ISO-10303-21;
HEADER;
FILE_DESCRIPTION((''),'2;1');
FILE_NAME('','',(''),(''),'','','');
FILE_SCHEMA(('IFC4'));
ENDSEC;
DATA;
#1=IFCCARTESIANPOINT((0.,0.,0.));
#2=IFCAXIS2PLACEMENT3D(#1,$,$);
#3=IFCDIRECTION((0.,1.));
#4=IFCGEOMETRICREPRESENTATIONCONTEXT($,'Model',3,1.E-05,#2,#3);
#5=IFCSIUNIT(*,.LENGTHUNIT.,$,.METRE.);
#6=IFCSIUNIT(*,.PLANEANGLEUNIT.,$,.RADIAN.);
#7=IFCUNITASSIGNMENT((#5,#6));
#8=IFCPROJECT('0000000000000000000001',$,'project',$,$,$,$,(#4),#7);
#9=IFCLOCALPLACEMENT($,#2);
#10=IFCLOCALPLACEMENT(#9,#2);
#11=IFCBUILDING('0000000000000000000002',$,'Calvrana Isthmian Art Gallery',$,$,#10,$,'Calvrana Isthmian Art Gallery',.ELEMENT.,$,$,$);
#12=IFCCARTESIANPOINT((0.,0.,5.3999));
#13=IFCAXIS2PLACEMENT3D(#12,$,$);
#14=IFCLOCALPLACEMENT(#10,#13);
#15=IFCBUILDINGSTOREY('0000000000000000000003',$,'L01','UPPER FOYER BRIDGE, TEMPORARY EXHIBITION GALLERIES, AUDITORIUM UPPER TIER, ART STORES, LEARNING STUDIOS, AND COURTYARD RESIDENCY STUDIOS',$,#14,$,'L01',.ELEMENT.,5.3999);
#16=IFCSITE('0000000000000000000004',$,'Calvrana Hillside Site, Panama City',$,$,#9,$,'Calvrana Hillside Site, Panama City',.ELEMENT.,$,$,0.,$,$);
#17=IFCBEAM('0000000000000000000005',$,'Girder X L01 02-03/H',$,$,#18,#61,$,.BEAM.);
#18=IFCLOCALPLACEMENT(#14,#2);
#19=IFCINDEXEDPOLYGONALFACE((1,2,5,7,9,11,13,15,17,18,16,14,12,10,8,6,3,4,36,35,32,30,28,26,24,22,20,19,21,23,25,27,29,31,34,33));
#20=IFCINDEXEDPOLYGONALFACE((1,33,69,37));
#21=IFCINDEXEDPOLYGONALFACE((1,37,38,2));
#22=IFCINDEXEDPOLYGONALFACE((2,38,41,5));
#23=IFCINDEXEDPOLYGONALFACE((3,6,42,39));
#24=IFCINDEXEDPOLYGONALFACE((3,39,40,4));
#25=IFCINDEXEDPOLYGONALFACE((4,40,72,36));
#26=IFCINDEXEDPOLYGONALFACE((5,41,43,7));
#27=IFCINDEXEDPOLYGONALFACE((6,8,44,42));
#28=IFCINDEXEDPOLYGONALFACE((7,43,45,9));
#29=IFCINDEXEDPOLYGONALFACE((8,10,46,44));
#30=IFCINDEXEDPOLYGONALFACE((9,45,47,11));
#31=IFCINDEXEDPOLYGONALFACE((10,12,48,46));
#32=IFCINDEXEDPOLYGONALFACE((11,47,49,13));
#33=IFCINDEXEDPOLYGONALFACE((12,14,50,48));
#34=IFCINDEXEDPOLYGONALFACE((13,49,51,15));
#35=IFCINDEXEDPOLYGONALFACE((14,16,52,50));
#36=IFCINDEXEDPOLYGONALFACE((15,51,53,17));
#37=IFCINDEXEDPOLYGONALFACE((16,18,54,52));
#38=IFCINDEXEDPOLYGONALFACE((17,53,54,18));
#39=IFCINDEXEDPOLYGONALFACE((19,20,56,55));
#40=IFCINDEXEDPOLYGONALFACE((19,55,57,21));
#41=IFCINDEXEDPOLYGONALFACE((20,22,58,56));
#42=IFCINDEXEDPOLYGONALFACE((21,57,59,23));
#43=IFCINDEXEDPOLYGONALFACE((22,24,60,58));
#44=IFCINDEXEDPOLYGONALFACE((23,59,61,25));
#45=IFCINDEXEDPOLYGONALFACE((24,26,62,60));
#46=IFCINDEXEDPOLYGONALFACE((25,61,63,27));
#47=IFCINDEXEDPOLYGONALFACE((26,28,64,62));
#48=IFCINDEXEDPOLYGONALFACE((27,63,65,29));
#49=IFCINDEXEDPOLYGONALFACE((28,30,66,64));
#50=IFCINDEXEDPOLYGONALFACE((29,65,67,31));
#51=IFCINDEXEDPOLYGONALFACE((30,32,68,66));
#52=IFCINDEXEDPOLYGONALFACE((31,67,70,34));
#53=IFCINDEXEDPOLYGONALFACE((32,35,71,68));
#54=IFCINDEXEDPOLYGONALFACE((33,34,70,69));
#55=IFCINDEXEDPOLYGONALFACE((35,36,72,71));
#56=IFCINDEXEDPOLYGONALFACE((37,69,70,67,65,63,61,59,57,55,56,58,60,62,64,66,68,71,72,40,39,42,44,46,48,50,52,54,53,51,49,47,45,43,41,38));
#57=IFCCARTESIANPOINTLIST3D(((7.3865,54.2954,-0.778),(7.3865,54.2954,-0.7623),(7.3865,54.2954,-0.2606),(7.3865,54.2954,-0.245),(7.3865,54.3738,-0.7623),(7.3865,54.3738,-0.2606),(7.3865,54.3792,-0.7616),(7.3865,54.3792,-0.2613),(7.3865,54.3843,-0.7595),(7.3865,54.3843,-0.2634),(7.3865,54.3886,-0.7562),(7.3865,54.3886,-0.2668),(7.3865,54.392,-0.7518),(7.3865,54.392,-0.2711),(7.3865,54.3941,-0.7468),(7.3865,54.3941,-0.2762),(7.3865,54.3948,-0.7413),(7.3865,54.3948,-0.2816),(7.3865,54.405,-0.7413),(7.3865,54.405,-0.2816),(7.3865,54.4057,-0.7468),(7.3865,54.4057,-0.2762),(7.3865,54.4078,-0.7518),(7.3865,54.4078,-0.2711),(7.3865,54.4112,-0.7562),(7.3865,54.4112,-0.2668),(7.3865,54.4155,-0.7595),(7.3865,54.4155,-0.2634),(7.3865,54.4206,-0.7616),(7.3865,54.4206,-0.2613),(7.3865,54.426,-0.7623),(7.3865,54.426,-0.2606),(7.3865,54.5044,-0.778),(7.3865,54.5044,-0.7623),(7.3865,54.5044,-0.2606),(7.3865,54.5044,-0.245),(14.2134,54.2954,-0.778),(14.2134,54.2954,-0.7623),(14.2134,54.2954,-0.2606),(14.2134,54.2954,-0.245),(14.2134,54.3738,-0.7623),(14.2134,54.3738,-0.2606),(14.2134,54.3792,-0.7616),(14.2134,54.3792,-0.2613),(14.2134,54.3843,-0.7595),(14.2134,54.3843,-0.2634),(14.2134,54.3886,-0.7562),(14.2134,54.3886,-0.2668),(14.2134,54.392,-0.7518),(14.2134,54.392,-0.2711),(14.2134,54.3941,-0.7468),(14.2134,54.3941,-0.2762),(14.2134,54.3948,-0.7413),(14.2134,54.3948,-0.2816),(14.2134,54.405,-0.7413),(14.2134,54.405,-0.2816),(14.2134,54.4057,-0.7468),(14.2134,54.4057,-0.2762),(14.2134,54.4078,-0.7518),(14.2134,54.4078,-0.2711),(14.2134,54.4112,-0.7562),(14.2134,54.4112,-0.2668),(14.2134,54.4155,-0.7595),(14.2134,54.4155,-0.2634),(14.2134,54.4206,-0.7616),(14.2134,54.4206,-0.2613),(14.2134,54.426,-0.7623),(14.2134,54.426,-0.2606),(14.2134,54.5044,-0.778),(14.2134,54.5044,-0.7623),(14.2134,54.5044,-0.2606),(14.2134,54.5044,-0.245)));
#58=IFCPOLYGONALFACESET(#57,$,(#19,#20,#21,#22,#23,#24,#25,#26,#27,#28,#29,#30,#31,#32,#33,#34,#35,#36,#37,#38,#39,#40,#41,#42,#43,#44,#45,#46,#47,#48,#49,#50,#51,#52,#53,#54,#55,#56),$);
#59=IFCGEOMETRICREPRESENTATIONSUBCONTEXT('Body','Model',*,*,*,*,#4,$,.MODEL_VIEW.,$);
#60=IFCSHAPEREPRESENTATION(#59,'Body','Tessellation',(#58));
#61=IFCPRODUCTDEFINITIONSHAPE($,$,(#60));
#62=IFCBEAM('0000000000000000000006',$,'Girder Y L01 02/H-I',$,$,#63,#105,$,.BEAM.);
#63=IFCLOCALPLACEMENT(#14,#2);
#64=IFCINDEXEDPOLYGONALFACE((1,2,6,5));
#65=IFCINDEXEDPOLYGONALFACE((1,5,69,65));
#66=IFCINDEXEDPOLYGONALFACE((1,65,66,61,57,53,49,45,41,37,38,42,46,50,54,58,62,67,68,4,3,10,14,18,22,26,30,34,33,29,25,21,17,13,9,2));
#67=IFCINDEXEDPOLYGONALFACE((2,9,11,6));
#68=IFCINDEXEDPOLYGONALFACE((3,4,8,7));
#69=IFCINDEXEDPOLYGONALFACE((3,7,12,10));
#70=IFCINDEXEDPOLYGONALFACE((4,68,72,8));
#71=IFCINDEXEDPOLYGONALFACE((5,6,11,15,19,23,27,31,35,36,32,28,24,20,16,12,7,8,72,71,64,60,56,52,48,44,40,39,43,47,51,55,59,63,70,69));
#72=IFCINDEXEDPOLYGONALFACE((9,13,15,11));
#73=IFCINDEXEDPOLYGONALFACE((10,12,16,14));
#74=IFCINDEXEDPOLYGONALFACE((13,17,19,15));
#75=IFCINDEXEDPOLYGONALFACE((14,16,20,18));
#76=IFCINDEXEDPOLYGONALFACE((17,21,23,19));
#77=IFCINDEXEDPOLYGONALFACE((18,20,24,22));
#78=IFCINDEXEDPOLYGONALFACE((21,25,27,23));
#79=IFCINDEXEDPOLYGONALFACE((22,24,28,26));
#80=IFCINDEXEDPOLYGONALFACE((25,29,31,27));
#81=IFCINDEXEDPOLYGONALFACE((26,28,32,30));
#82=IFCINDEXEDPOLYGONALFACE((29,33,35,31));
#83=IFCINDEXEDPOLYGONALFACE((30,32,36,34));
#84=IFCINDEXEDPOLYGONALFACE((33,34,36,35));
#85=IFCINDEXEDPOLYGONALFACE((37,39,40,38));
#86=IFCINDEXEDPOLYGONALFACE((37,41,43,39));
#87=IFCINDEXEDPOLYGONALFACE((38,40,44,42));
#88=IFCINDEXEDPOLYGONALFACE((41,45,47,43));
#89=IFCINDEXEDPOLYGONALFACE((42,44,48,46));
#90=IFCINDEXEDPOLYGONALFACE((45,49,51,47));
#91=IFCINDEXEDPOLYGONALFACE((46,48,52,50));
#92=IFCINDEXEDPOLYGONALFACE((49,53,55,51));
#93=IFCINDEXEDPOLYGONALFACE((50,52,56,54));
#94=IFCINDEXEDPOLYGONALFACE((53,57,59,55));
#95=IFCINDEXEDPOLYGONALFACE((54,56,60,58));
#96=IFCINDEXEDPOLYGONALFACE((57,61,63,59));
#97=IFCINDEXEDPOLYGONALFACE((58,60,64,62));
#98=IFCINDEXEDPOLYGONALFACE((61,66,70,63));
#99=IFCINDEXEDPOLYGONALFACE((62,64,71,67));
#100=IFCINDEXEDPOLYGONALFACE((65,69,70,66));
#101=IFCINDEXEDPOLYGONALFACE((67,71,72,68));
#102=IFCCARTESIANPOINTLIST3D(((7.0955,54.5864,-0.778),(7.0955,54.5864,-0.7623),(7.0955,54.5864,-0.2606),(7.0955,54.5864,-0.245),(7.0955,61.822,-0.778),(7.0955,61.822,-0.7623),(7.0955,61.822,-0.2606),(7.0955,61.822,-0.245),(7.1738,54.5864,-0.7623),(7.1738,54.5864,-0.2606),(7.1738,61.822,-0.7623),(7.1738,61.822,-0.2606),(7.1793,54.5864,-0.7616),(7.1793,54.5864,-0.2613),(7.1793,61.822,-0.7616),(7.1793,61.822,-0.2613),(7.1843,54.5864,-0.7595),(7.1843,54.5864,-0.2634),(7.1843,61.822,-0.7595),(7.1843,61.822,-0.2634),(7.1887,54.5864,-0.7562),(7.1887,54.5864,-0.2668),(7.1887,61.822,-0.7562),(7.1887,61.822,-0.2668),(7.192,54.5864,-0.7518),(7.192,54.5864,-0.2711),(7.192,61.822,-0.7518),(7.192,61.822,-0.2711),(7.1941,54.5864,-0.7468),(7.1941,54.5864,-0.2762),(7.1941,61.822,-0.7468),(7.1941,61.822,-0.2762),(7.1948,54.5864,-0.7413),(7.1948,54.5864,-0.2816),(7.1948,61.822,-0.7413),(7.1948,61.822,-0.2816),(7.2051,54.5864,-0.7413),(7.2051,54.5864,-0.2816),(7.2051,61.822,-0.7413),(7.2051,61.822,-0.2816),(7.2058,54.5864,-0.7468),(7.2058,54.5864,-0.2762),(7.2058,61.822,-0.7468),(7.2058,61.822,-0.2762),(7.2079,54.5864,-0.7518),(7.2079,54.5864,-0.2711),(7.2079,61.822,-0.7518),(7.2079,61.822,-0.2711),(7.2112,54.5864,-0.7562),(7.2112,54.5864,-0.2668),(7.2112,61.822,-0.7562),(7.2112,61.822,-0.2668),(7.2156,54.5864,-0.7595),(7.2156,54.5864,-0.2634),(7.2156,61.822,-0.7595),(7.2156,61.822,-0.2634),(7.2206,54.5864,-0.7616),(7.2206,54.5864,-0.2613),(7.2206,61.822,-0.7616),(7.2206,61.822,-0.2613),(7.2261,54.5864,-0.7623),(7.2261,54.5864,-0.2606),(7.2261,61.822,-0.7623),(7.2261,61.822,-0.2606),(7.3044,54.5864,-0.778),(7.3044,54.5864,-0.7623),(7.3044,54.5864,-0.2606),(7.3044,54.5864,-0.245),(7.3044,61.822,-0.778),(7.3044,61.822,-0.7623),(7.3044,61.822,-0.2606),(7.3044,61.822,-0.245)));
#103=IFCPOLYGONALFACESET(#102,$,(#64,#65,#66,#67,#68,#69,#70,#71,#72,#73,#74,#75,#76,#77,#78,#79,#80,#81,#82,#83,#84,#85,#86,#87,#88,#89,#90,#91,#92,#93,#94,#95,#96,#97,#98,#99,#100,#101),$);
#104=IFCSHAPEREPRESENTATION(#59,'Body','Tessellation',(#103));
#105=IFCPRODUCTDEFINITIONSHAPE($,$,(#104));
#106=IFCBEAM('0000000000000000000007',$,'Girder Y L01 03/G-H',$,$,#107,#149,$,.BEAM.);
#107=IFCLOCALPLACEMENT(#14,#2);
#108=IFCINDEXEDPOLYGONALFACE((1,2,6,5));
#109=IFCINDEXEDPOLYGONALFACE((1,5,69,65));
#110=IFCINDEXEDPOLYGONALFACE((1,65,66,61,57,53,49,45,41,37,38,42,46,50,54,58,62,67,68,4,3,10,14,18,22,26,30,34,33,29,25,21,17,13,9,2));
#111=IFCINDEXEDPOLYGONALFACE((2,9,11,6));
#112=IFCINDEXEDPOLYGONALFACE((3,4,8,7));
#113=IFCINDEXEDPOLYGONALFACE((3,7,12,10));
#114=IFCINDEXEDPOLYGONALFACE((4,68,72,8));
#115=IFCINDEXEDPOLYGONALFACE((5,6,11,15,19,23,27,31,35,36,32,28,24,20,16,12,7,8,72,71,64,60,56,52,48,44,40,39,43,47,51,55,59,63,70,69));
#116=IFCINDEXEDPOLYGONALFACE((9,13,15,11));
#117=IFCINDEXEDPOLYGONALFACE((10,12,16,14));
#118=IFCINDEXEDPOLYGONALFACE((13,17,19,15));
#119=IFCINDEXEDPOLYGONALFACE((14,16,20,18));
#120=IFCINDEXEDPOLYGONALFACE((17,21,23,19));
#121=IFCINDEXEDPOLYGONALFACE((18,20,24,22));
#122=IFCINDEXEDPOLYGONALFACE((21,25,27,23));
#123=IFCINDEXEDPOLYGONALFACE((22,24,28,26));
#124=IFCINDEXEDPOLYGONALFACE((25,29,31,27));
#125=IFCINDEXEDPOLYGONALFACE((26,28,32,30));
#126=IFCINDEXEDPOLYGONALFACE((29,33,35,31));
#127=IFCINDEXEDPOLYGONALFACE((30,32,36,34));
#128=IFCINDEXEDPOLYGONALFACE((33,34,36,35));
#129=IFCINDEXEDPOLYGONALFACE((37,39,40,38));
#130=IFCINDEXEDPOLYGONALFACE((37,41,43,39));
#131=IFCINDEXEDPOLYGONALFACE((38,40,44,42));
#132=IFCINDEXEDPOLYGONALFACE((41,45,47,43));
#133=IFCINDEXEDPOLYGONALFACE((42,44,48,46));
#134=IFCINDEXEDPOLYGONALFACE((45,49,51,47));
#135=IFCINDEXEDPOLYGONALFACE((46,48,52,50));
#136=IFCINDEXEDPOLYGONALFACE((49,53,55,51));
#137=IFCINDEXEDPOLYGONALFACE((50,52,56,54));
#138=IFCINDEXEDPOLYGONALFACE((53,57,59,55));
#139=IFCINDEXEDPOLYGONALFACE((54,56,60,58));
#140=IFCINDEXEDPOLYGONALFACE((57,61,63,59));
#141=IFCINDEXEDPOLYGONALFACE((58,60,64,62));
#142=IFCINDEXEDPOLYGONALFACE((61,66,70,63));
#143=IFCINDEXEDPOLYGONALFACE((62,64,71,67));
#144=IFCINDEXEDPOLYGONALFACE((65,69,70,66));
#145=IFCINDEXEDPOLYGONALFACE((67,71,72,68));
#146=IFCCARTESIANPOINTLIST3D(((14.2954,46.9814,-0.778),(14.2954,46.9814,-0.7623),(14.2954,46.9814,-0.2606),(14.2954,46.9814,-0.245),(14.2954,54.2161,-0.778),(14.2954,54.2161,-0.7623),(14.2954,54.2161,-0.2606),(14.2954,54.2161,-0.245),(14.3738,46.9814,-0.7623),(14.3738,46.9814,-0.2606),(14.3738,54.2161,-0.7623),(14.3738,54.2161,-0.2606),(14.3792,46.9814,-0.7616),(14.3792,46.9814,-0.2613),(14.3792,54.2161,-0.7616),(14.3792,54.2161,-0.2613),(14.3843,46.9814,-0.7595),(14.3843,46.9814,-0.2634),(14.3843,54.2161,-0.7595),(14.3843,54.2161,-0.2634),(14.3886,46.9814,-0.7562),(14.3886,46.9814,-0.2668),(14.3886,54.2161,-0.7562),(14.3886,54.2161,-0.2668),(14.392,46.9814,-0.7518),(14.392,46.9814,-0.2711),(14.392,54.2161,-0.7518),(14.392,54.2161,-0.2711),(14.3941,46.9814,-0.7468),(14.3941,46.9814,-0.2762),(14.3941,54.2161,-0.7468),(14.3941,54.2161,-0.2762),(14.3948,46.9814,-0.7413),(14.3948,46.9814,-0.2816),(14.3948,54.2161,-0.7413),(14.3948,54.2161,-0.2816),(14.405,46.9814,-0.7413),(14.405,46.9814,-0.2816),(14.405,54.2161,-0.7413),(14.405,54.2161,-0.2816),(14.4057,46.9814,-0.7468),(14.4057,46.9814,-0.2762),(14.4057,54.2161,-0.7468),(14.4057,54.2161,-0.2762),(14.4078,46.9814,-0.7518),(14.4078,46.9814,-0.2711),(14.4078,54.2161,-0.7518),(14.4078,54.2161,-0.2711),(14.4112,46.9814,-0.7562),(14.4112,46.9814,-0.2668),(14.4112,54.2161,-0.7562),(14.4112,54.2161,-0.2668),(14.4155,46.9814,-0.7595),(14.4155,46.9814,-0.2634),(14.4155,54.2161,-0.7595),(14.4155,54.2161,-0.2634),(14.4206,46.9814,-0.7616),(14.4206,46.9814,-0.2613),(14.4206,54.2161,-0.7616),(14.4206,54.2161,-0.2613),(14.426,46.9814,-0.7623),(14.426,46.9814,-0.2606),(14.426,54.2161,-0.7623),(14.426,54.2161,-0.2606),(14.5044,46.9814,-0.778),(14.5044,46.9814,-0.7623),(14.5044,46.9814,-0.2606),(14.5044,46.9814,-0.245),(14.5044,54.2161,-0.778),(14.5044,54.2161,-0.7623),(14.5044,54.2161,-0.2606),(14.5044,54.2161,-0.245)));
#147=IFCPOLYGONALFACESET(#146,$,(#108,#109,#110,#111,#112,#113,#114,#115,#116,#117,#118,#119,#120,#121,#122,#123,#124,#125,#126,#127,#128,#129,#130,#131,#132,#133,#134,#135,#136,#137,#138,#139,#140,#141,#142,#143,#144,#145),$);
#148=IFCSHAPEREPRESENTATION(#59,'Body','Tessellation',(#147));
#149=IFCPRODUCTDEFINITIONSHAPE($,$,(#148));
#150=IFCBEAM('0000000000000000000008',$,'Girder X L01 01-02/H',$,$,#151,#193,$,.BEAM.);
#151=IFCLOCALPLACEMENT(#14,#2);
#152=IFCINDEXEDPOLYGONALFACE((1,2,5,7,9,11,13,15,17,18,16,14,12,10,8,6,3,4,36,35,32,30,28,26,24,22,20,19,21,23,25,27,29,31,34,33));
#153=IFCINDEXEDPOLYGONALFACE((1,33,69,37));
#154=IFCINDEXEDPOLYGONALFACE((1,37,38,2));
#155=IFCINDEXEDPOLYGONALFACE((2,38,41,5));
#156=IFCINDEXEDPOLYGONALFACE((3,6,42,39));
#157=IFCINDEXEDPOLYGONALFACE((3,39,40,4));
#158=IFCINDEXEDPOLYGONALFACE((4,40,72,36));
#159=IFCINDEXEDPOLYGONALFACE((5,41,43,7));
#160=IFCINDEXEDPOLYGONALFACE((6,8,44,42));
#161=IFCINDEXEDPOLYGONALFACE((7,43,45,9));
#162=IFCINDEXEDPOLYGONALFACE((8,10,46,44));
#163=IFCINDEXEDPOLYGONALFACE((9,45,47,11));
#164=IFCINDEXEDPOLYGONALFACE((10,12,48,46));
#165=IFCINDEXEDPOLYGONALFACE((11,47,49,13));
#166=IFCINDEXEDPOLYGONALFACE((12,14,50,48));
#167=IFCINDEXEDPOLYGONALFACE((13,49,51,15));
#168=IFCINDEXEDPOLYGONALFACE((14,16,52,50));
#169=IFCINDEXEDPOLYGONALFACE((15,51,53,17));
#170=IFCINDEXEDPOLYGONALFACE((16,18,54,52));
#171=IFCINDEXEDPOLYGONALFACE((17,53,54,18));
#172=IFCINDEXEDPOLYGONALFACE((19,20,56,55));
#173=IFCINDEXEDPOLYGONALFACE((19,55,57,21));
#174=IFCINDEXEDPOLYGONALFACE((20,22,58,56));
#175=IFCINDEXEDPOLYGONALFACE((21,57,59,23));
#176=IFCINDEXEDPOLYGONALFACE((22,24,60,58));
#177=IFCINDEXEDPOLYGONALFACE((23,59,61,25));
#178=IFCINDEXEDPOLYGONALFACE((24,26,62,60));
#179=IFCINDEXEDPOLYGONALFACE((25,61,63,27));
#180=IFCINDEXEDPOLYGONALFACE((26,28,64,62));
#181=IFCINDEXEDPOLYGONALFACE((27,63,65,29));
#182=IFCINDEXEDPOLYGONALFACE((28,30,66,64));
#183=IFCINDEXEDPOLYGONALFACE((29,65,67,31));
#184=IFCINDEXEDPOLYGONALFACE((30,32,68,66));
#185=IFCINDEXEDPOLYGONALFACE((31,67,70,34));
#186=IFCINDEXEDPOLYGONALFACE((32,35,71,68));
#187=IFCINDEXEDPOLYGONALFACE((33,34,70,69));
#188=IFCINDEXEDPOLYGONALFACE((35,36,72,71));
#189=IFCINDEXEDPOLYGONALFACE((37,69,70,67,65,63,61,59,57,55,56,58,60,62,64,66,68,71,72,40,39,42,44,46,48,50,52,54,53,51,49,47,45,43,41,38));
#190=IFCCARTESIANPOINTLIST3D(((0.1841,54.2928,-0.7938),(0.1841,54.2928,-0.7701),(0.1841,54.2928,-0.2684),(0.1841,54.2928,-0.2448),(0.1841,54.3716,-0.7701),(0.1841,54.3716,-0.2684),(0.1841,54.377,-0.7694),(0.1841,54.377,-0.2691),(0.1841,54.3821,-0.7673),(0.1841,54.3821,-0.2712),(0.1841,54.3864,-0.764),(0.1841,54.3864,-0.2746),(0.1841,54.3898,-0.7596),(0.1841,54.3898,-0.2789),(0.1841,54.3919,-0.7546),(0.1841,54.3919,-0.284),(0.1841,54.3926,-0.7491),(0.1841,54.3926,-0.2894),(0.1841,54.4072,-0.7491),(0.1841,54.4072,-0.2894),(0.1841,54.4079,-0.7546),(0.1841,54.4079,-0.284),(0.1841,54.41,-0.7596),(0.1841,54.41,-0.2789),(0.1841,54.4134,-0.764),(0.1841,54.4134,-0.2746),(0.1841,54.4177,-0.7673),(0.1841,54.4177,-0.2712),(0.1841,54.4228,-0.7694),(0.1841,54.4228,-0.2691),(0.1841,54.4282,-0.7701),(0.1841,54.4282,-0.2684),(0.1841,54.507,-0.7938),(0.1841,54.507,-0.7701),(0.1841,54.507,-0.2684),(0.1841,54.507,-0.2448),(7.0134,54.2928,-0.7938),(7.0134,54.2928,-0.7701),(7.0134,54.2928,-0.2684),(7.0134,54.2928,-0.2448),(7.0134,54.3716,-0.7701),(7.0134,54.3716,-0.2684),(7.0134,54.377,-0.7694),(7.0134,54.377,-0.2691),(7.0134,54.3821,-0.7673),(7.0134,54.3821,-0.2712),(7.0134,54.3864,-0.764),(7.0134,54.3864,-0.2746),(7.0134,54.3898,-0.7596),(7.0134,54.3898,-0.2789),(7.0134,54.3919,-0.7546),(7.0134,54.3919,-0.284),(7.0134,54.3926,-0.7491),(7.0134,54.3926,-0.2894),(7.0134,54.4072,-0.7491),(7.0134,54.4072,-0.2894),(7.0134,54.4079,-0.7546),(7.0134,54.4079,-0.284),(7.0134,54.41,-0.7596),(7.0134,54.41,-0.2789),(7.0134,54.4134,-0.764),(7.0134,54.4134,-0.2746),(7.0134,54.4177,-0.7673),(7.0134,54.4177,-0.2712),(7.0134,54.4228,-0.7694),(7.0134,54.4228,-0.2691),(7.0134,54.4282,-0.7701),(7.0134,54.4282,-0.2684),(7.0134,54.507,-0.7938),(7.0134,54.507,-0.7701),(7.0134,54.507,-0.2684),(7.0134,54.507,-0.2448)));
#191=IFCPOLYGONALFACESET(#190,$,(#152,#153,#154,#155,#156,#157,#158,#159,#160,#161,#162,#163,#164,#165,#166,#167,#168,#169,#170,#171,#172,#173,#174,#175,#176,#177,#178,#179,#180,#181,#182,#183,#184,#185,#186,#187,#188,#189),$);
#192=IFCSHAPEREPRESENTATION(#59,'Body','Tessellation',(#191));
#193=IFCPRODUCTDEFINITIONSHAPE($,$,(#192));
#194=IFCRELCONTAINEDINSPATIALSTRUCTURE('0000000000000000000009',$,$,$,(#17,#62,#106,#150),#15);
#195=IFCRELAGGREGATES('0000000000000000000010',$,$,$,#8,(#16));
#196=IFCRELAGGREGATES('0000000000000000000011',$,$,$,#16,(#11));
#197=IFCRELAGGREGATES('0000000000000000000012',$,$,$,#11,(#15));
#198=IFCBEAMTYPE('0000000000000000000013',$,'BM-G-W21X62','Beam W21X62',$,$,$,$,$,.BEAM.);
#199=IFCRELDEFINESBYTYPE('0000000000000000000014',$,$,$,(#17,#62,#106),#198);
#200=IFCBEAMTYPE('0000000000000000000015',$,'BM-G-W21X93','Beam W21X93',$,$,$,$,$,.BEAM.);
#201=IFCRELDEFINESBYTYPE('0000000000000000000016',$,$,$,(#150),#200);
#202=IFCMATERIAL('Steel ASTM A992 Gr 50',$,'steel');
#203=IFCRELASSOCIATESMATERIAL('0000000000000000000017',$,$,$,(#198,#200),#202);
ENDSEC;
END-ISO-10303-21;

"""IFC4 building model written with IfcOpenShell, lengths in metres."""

from ifc_helpers import new_model, si_unit, direction, frame, origin, origin_2d, place, context, subcontext, project, spatial, i_section, extrude, material, material_profile, profile_set, type_object, element, save


model = new_model("IFC4")

# Units and contexts
model_context = context("Model", 3, precision=1e-05, world=origin(), true_north=direction((0.0, 1.0)))
body_context = subcontext(model_context, "Body", "Model", "MODEL_VIEW")
ifc_project = project(units=[si_unit("LENGTHUNIT", "METRE"), si_unit("PLANEANGLEUNIT", "RADIAN")], contexts=[model_context])

# Site, building, storey
site_placement = place(None, origin())
site = spatial("IfcSite", under=ifc_project, at=site_placement, Name="Calvrana Hillside Site, Panama City", LongName="Calvrana Hillside Site, Panama City", CompositionType="ELEMENT", RefElevation=0.0)
building_placement = place(site_placement, origin())
building = spatial("IfcBuilding", under=site, at=building_placement, Name="Calvrana Isthmian Art Gallery", LongName="Calvrana Isthmian Art Gallery", CompositionType="ELEMENT")
storey_placement = place(building_placement, frame((0.0, 0.0, 5.3999)))
storey = spatial("IfcBuildingStorey", under=building, at=storey_placement, Name="L01", Description="UPPER FOYER BRIDGE, TEMPORARY EXHIBITION GALLERIES, AUDITORIUM UPPER TIER, ART STORES, LEARNING STUDIOS, AND COURTYARD RESIDENCY STUDIOS", LongName="L01", CompositionType="ELEMENT", Elevation=5.3999)

# Beams
ifc_material_1 = material(Name="Steel ASTM A992 Gr 50", Category="steel")
ifc_material_profile_1 = material_profile(ifc_material_1, i_section(OverallWidth=0.209, OverallDepth=0.533, WebThickness=0.0103, FlangeThickness=0.0156, FilletRadius=0.021, at=origin_2d()), Name="W21X62")
ifc_profile_set_1 = profile_set([ifc_material_profile_1], Name="Steel ASTM A992 Gr 50")
beam_type_1 = type_object("IfcBeamType", Name="BM-G-W21X62", Description="Beam W21X62", PredefinedType="BEAM", material=ifc_profile_set_1)
beam_1_placement = place(storey_placement, frame((7.3865, 54.3999, -0.5115), z_axis=(1.0, 0.0, 0.0), x_axis=(0.0, 1.0, 0.0)))
element("IfcBeam", 1, at=beam_1_placement, inside=storey, type_object=beam_type_1, Name="Girder X L01 02-03/H", PredefinedType="BEAM", context=body_context, shape_type="SweptSolid", body=[
    extrude(i_section(OverallWidth=0.209, OverallDepth=0.533, WebThickness=0.0103, FlangeThickness=0.0156, FilletRadius=0.021, at=origin_2d()), origin(), (0.0, 0.0, 1.0), 6.8269),
])
beam_2_placement = place(storey_placement, frame((7.2, 54.5864, -0.5115), z_axis=(0.0, 1.0, 0.0), x_axis=(-1.0, 0.0, 0.0)))
element("IfcBeam", 2, at=beam_2_placement, inside=storey, type_object=beam_type_1, Name="Girder Y L01 02/H-I", PredefinedType="BEAM", context=body_context, shape_type="SweptSolid", body=[
    extrude(i_section(OverallWidth=0.209, OverallDepth=0.533, WebThickness=0.0103, FlangeThickness=0.0156, FilletRadius=0.021, at=origin_2d()), origin(), (0.0, 0.0, 1.0), 7.2356),
])
beam_3_placement = place(storey_placement, frame((14.3999, 46.9814, -0.5115), z_axis=(0.0, 1.0, 0.0), x_axis=(-1.0, 0.0, 0.0)))
element("IfcBeam", 3, at=beam_3_placement, inside=storey, type_object=beam_type_1, Name="Girder Y L01 03/G-H", PredefinedType="BEAM", context=body_context, shape_type="SweptSolid", body=[
    extrude(i_section(OverallWidth=0.209, OverallDepth=0.533, WebThickness=0.0103, FlangeThickness=0.0156, FilletRadius=0.021, at=origin_2d()), origin(), (0.0, 0.0, 1.0), 7.2346),
])
ifc_material_profile_2 = material_profile(ifc_material_1, i_section(OverallWidth=0.2141, OverallDepth=0.5491, WebThickness=0.0146, FlangeThickness=0.0237, FilletRadius=0.021, at=origin_2d()), Name="W21X93")
ifc_profile_set_2 = profile_set([ifc_material_profile_2], Name="Steel ASTM A992 Gr 50")
beam_type_2 = type_object("IfcBeamType", Name="BM-G-W21X93", Description="Beam W21X93", PredefinedType="BEAM", material=ifc_profile_set_2)
beam_4_placement = place(storey_placement, frame((0.1841, 54.3999, -0.5193), z_axis=(1.0, 0.0, 0.0), x_axis=(0.0, 1.0, 0.0)))
element("IfcBeam", 4, at=beam_4_placement, inside=storey, type_object=beam_type_2, Name="Girder X L01 01-02/H", PredefinedType="BEAM", context=body_context, shape_type="SweptSolid", body=[
    extrude(i_section(OverallWidth=0.2141, OverallDepth=0.5491, WebThickness=0.0146, FlangeThickness=0.0237, FilletRadius=0.021, at=origin_2d()), origin(), (0.0, 0.0, 1.0), 6.8293),
])

save(model, "model.ifc")
